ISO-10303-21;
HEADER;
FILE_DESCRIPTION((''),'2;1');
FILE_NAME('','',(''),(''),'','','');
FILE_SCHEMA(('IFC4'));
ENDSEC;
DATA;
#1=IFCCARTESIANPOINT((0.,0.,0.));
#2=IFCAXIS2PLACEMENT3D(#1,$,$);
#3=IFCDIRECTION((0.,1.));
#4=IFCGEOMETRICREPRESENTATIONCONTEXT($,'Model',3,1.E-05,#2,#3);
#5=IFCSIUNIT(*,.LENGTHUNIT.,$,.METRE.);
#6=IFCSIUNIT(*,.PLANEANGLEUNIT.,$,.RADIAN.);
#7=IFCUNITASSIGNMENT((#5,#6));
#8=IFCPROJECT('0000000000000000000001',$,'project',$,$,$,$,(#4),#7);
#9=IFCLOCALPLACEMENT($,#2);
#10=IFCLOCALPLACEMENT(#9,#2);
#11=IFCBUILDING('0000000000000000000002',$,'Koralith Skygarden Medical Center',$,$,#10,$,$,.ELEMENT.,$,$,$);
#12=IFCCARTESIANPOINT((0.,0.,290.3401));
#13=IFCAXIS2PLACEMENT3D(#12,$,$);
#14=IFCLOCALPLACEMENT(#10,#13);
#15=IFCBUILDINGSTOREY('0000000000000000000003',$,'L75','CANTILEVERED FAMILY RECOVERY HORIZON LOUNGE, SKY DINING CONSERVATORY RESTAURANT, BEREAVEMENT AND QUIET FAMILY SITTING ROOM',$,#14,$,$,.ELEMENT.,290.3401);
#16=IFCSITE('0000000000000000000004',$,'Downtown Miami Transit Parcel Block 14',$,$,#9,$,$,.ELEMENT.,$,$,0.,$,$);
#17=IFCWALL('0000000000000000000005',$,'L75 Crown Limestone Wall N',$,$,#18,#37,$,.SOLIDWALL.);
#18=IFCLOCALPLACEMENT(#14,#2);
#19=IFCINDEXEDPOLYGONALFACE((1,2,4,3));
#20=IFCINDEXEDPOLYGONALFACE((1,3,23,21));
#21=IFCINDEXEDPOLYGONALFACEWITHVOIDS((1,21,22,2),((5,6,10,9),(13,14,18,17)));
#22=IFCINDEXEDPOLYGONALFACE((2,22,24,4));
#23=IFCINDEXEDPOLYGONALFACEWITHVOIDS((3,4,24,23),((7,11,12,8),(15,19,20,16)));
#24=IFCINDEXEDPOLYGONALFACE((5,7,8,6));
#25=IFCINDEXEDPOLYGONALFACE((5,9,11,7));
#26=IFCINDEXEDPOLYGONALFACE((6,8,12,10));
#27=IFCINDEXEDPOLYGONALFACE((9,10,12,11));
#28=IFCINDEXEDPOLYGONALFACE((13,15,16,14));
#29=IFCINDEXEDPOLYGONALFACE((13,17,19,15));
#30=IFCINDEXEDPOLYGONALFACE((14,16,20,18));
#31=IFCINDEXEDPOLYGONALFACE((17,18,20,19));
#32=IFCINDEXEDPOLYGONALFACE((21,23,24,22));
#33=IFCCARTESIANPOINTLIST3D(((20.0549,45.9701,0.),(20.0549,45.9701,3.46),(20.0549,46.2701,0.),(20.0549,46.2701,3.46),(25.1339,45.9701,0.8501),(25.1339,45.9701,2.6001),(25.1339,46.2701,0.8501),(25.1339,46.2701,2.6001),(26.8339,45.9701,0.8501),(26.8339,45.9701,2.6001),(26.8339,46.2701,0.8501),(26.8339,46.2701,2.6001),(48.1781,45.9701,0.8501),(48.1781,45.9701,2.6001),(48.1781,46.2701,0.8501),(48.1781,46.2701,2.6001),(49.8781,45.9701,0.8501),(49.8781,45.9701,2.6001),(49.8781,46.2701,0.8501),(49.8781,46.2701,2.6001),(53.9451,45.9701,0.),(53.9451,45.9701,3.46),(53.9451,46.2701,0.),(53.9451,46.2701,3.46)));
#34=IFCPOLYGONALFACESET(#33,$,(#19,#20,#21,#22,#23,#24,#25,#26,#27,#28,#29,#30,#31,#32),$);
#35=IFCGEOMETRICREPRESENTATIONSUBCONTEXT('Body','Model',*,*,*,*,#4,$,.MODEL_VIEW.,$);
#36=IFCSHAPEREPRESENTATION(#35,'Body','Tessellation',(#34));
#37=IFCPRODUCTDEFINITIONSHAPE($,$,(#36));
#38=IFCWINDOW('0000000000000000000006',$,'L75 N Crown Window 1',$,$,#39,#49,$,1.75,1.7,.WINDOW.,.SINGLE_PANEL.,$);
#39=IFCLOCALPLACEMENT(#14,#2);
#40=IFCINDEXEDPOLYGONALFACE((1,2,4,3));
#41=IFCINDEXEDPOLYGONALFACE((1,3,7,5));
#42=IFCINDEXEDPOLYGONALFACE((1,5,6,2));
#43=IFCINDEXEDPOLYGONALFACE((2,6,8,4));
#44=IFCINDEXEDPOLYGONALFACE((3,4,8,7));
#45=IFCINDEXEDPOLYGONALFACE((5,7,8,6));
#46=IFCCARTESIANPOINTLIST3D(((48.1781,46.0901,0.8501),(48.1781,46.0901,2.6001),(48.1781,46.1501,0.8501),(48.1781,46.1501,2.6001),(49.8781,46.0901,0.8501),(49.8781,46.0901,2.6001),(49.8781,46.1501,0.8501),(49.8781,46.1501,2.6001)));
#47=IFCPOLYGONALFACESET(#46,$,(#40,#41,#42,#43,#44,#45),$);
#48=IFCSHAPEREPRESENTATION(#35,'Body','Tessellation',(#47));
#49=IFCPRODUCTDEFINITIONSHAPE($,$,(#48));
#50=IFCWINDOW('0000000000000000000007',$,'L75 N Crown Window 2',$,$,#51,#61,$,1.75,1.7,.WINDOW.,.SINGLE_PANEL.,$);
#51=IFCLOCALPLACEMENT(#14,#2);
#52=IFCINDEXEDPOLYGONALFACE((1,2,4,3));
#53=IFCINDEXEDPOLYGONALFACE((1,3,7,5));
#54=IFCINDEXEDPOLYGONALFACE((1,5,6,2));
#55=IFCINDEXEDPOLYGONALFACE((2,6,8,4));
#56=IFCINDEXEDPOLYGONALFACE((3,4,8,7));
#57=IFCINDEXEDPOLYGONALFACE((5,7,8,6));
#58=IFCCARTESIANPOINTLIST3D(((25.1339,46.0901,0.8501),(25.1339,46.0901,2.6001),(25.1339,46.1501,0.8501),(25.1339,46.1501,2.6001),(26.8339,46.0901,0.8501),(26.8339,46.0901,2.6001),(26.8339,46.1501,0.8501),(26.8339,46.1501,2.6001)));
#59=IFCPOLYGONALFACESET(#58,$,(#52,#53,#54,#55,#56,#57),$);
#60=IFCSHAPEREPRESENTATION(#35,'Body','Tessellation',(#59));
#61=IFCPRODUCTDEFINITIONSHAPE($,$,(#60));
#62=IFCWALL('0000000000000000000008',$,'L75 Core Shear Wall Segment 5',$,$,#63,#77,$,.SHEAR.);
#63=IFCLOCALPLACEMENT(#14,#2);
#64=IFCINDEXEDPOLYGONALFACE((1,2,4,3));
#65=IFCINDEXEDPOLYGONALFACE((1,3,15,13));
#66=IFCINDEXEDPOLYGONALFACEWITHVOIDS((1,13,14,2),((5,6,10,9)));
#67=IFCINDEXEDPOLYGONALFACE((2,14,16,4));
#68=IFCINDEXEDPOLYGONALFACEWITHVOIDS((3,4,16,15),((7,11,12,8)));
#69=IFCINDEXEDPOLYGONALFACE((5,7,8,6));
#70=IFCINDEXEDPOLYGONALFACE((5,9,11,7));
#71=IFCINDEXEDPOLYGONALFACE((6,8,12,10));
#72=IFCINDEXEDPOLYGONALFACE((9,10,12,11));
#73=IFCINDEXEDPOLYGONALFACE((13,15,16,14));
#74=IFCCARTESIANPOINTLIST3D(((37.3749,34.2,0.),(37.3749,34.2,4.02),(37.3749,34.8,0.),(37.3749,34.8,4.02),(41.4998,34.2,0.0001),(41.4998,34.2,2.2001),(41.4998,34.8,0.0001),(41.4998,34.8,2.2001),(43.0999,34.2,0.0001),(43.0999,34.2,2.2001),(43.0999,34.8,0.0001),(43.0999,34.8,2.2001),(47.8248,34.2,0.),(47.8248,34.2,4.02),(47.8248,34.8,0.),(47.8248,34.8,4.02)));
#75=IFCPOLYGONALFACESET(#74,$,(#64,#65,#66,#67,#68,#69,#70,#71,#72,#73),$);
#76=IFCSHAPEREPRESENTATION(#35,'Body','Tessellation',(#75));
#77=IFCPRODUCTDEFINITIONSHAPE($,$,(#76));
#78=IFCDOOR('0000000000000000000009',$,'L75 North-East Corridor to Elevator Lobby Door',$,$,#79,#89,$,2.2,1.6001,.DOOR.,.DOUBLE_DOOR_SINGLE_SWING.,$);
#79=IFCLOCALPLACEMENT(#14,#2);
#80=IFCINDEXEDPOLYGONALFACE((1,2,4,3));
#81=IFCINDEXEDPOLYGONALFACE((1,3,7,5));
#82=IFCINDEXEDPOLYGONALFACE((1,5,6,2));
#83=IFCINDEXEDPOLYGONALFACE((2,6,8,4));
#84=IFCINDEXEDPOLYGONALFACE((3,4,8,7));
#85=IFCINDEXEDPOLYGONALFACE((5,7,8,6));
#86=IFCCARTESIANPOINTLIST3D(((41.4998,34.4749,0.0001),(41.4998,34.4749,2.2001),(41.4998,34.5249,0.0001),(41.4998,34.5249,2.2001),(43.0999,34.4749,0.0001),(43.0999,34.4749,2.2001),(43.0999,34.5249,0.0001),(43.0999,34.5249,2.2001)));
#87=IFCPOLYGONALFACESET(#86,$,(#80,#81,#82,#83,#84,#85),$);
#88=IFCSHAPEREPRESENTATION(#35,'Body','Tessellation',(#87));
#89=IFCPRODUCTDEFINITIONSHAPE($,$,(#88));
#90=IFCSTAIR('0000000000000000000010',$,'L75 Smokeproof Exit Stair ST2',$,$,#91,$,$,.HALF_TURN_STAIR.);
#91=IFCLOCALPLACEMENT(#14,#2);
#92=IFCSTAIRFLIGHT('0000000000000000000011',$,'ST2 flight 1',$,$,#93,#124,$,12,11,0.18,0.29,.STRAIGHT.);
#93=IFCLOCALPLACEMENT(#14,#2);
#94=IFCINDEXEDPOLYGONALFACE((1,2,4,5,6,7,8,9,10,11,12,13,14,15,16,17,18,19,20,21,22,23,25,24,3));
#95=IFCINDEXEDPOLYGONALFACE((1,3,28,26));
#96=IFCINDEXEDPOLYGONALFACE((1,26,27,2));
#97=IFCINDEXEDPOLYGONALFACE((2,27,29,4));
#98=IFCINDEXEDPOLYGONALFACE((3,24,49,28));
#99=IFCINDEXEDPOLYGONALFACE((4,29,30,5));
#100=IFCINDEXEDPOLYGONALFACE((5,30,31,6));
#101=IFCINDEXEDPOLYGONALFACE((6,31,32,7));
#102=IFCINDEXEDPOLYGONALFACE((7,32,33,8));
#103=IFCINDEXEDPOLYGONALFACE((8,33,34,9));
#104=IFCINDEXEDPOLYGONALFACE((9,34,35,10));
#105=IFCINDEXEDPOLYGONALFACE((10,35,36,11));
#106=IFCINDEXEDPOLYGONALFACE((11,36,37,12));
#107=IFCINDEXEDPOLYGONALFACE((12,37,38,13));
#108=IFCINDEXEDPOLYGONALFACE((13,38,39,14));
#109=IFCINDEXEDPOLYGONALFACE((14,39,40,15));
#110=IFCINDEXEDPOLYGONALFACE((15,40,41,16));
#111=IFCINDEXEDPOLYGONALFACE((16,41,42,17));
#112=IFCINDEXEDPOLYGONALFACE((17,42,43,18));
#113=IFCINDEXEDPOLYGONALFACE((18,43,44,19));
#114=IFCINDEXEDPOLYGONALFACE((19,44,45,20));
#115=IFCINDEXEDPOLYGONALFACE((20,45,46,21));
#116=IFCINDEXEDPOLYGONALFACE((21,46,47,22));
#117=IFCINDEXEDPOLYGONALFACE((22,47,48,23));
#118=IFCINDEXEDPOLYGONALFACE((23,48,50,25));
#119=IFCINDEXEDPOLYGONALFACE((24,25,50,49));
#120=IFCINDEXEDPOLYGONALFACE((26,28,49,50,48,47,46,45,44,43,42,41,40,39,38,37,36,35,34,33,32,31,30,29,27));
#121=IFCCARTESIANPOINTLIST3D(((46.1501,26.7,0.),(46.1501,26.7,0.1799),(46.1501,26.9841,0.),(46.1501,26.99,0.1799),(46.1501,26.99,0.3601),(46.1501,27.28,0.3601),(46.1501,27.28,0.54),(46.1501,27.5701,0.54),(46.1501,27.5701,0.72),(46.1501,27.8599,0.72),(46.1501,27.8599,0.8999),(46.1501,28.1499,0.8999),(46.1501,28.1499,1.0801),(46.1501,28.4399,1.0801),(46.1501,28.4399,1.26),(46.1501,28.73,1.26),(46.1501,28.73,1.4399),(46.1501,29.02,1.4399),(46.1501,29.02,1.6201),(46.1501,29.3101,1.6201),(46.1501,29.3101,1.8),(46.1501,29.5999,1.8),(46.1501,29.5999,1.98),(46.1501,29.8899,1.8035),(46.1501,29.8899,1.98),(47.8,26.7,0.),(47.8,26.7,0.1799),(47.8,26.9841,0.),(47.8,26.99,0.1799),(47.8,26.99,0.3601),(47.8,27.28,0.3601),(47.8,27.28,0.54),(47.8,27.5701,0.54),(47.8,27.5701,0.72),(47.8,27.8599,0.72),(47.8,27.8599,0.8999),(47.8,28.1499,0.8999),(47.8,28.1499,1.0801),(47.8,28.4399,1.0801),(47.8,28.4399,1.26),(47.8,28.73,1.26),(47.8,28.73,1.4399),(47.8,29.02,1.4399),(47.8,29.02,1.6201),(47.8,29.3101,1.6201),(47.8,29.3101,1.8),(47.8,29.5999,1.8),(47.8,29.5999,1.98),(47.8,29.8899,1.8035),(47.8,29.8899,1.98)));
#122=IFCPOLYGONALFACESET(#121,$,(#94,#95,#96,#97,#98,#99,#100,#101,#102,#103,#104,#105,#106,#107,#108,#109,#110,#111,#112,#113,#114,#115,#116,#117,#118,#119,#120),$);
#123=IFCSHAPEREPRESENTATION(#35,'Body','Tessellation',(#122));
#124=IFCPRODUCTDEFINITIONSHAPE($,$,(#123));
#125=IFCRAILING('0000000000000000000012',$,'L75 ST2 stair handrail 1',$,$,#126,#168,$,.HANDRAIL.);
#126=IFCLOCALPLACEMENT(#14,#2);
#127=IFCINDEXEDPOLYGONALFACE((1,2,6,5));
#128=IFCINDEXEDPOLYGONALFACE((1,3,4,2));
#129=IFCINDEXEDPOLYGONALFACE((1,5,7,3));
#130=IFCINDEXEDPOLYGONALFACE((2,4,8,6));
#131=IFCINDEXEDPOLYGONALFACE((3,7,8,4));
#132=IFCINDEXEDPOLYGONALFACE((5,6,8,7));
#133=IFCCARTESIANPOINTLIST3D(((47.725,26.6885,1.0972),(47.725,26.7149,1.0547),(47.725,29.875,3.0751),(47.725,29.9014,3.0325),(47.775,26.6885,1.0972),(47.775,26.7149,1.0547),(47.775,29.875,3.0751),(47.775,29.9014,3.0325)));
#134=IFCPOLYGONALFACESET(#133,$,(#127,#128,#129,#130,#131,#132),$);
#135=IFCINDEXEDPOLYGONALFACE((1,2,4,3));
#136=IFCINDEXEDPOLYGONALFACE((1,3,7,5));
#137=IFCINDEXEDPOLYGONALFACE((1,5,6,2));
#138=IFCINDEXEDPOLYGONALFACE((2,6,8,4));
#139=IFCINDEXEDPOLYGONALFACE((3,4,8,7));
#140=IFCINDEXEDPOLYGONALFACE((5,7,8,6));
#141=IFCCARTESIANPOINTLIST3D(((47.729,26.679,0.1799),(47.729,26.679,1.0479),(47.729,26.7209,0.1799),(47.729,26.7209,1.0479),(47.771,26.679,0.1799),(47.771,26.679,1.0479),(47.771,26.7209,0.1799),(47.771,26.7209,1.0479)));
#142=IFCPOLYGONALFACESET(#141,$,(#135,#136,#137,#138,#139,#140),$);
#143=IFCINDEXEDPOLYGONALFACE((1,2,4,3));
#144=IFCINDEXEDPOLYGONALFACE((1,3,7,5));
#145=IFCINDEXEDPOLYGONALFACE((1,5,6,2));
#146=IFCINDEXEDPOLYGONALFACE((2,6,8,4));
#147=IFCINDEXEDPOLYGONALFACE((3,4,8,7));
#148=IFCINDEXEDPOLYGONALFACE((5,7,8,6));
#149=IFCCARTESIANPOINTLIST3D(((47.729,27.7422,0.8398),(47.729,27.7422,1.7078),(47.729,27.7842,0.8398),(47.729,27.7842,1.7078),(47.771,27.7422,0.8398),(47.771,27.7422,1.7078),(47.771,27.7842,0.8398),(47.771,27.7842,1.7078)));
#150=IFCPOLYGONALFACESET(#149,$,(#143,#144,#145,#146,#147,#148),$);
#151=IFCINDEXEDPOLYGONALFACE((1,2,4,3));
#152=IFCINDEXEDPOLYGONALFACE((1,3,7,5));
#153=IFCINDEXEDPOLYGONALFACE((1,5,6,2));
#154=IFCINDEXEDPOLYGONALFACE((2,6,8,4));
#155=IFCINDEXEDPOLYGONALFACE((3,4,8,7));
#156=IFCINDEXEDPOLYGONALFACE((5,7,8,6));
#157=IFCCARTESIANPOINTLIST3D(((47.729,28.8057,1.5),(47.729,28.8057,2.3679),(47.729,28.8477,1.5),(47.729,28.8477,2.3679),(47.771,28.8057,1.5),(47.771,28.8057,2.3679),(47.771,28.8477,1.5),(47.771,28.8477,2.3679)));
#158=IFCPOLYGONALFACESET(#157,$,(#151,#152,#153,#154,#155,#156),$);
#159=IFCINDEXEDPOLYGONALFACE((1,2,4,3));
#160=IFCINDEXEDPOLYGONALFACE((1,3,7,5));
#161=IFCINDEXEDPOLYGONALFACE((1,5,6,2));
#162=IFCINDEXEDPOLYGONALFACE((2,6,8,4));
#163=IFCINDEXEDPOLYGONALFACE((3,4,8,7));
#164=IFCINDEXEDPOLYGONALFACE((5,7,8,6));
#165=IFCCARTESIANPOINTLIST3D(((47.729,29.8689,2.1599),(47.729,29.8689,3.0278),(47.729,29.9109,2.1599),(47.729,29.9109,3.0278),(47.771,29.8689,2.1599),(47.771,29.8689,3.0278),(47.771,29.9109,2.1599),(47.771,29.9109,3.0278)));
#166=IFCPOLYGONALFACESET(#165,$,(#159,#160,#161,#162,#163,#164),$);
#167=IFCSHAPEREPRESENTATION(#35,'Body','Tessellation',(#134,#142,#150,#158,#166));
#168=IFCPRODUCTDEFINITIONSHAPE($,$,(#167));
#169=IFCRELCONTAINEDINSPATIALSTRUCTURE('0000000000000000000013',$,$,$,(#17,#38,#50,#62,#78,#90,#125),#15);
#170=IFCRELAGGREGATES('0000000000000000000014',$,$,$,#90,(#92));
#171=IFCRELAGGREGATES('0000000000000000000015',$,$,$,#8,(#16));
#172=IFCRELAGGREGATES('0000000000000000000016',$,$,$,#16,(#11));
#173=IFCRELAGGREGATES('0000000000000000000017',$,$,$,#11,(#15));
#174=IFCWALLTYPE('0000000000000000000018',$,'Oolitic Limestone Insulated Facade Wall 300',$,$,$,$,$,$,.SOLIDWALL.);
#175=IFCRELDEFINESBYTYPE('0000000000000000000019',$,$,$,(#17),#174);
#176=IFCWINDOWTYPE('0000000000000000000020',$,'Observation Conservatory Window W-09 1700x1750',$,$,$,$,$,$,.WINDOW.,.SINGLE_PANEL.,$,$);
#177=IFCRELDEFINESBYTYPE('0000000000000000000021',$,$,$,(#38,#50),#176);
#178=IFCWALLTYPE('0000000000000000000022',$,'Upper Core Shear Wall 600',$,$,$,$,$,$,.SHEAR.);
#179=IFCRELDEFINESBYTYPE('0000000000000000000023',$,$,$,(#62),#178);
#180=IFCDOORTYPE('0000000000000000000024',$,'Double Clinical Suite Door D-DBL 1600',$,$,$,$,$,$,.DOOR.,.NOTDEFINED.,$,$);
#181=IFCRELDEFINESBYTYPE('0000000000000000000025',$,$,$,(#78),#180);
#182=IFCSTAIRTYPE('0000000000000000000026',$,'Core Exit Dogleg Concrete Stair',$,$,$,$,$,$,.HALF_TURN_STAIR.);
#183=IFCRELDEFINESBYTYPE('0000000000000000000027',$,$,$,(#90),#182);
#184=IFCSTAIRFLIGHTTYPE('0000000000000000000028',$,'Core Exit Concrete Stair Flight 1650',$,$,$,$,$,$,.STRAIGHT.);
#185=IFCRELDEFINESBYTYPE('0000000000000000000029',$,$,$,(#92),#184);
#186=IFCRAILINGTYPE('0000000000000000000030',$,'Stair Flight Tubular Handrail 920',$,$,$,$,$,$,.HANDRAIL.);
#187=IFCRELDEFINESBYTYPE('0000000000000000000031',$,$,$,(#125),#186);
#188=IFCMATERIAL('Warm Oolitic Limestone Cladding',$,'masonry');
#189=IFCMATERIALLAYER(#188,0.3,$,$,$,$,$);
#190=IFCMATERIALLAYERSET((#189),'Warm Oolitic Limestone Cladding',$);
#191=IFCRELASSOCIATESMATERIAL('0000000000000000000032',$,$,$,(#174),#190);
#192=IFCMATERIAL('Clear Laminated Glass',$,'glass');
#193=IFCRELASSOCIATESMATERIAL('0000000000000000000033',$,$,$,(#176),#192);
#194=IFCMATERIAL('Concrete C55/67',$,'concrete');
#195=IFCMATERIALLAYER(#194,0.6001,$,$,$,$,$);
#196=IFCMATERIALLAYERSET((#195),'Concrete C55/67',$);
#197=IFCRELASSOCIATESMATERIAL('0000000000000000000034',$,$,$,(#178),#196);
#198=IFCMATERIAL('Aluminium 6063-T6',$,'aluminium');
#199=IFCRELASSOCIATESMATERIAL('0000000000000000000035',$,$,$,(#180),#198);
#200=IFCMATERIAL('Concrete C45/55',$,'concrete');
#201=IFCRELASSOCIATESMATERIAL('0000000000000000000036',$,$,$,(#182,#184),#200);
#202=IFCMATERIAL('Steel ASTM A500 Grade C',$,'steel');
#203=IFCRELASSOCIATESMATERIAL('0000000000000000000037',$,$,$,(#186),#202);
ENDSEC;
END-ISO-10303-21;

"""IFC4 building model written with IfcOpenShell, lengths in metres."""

from ifc_helpers import new_model, si_unit, direction, frame, frame_2d, origin, origin_2d, place, context, subcontext, project, spatial, polyline, rectangle, outline, extrude, material, layer, layer_set, type_object, element, fill, aggregate, save


model = new_model("IFC4")

# Units and contexts
model_context = context("Model", 3, precision=1e-05, world=origin(), true_north=direction((0.0, 1.0)))
body_context = subcontext(model_context, "Body", "Model", "MODEL_VIEW")
ifc_project = project(units=[si_unit("LENGTHUNIT", "METRE"), si_unit("PLANEANGLEUNIT", "RADIAN")], contexts=[model_context])

# Site, building, storey
site_placement = place(None, origin())
site = spatial("IfcSite", under=ifc_project, at=site_placement, Name="Downtown Miami Transit Parcel Block 14", CompositionType="ELEMENT", RefElevation=0.0)
building_placement = place(site_placement, origin())
building = spatial("IfcBuilding", under=site, at=building_placement, Name="Koralith Skygarden Medical Center", CompositionType="ELEMENT")
storey_placement = place(building_placement, frame((0.0, 0.0, 290.3401)))
storey = spatial("IfcBuildingStorey", under=building, at=storey_placement, Name="L75", Description="CANTILEVERED FAMILY RECOVERY HORIZON LOUNGE, SKY DINING CONSERVATORY RESTAURANT, BEREAVEMENT AND QUIET FAMILY SITTING ROOM", CompositionType="ELEMENT", Elevation=290.3401)

# Shared definitions
ifc_material_1 = material(Name="Concrete C55/67", Category="concrete")

# Shared definitions
ifc_material_2 = material(Name="Clear Laminated Glass", Category="glass")
ifc_material_3 = material(Name="Aluminium 6063-T6", Category="aluminium")

# Shared definitions
ifc_material_4 = material(Name="Concrete C45/55", Category="concrete")

# Shared definitions
ifc_material_5 = material(Name="Warm Oolitic Limestone Cladding", Category="masonry")

# Wall, openings, windows
ifc_layer_1 = layer(ifc_material_5, 0.3)
ifc_layer_set_1 = layer_set([ifc_layer_1], Name="Warm Oolitic Limestone Cladding")
wall_type_1 = type_object("IfcWallType", Name="Oolitic Limestone Insulated Facade Wall 300", PredefinedType="SOLIDWALL", material=ifc_layer_set_1)
wall_1_placement = place(storey_placement, frame((53.9451, 46.1201, 0.0), z_axis=(0.0, 0.0, 1.0), x_axis=(-1.0, 0.0, 0.0)))
wall_1 = element("IfcWall", 1, at=wall_1_placement, inside=storey, type_object=wall_type_1, Name="L75 Crown Limestone Wall N", PredefinedType="SOLIDWALL", context=body_context, shape_type="SweptSolid", body=[
    extrude(rectangle(XDim=33.8901, YDim=0.3, at=frame_2d((16.9451, 0.0))), origin(), (0.0, 0.0, 1.0), 3.46),
])
opening_1_placement = place(wall_1_placement, frame((4.0669, 0.0, 0.8501)))
opening_1 = element("IfcOpeningElement", 2, at=opening_1_placement, cuts=wall_1, PredefinedType="OPENING", context=body_context, shape_type="SweptSolid", body=[
    extrude(rectangle(XDim=1.7, YDim=1.75, at=frame_2d((0.8501, 0.875))), frame((0.0, 0.1599, 0.0), z_axis=(0.0, -1.0, 0.0), x_axis=(1.0, 0.0, 0.0)), (0.0, 0.0, 1.0), 0.3201),
])
opening_2_placement = place(wall_1_placement, frame((27.1111, 0.0, 0.8501)))
opening_2 = element("IfcOpeningElement", 3, at=opening_2_placement, cuts=wall_1, PredefinedType="OPENING", context=body_context, shape_type="SweptSolid", body=[
    extrude(rectangle(XDim=1.7, YDim=1.75, at=frame_2d((0.8501, 0.875))), frame((0.0, 0.1599, 0.0), z_axis=(0.0, -1.0, 0.0), x_axis=(1.0, 0.0, 0.0)), (0.0, 0.0, 1.0), 0.3201),
])
window_type = type_object("IfcWindowType", Name="Observation Conservatory Window W-09 1700x1750", PartitioningType="SINGLE_PANEL", PredefinedType="WINDOW", material=ifc_material_2)
window_1_placement = place(opening_1_placement, origin())
window_1 = element("IfcWindow", 4, at=window_1_placement, inside=storey, type_object=window_type, Name="L75 N Crown Window 1", OverallHeight=1.75, OverallWidth=1.7, PartitioningType="SINGLE_PANEL", PredefinedType="WINDOW", context=body_context, shape_type="SweptSolid", body=[
    extrude(rectangle(XDim=1.7, YDim=1.75, at=frame_2d((0.8501, 0.875))), frame((0.0, 0.03, 0.0), z_axis=(0.0, -1.0, 0.0), x_axis=(1.0, 0.0, 0.0)), (0.0, 0.0, 1.0), 0.0601),
])
fill(opening_1, window_1)
window_2_placement = place(opening_2_placement, origin())
window_2 = element("IfcWindow", 5, at=window_2_placement, inside=storey, type_object=window_type, Name="L75 N Crown Window 2", OverallHeight=1.75, OverallWidth=1.7, PartitioningType="SINGLE_PANEL", PredefinedType="WINDOW", context=body_context, shape_type="SweptSolid", body=[
    extrude(rectangle(XDim=1.7, YDim=1.75, at=frame_2d((0.8501, 0.875))), frame((0.0, 0.03, 0.0), z_axis=(0.0, -1.0, 0.0), x_axis=(1.0, 0.0, 0.0)), (0.0, 0.0, 1.0), 0.0601),
])
fill(opening_2, window_2)

# Wall, opening, door
ifc_layer_2 = layer(ifc_material_1, 0.6001)
ifc_layer_set_2 = layer_set([ifc_layer_2], Name="Concrete C55/67")
wall_type_2 = type_object("IfcWallType", Name="Upper Core Shear Wall 600", PredefinedType="SHEAR", material=ifc_layer_set_2)
wall_2_placement = place(storey_placement, frame((47.825, 34.5, 0.0), z_axis=(0.0, 0.0, 1.0), x_axis=(-1.0, 0.0, 0.0)))
wall_2 = element("IfcWall", 6, at=wall_2_placement, inside=storey, type_object=wall_type_2, Name="L75 Core Shear Wall Segment 5", PredefinedType="SHEAR", context=body_context, shape_type="SweptSolid", body=[
    extrude(rectangle(XDim=10.45, YDim=0.6001, at=frame_2d((5.2251, 0.0))), origin(), (0.0, 0.0, 1.0), 4.02),
])
opening_3_placement = place(wall_2_placement, frame((4.7251, 0.0, 0.0)))
opening_3 = element("IfcOpeningElement", 7, at=opening_3_placement, cuts=wall_2, PredefinedType="OPENING", context=body_context, shape_type="SweptSolid", body=[
    extrude(rectangle(XDim=1.6001, YDim=2.2, at=frame_2d((0.8, 1.1001))), frame((0.0, 0.3101, 0.0), z_axis=(0.0, -1.0, 0.0), x_axis=(1.0, 0.0, 0.0)), (0.0, 0.0, 1.0), 0.6201),
])
door_type = type_object("IfcDoorType", Name="Double Clinical Suite Door D-DBL 1600", OperationType="NOTDEFINED", PredefinedType="DOOR", material=ifc_material_3)
door_placement = place(opening_3_placement, frame((1.6001, 0.0, 0.0), z_axis=(0.0, 0.0, 1.0), x_axis=(-1.0, 0.0, 0.0)))
door = element("IfcDoor", 8, at=door_placement, inside=storey, type_object=door_type, Name="L75 North-East Corridor to Elevator Lobby Door", OperationType="DOUBLE_DOOR_SINGLE_SWING", OverallHeight=2.2, OverallWidth=1.6001, PredefinedType="DOOR", context=body_context, shape_type="SweptSolid", body=[
    extrude(rectangle(XDim=1.6001, YDim=2.2, at=frame_2d((0.8, 1.1001))), frame((0.0, 0.0249, 0.0), z_axis=(0.0, -1.0, 0.0), x_axis=(1.0, 0.0, 0.0)), (0.0, 0.0, 1.0), 0.05),
])
fill(opening_3, door)

# Stair, stair flight
stair_type = type_object("IfcStairType", Name="Core Exit Dogleg Concrete Stair", PredefinedType="HALF_TURN_STAIR", material=ifc_material_4)
stair_placement = place(storey_placement, origin())
stair = element("IfcStair", 9, at=stair_placement, inside=storey, type_object=stair_type, Name="L75 Smokeproof Exit Stair ST2", PredefinedType="HALF_TURN_STAIR")
stair_flight_type = type_object("IfcStairFlightType", Name="Core Exit Concrete Stair Flight 1650", PredefinedType="STRAIGHT", material=ifc_material_4)
stair_flight_placement = place(storey_placement, frame((46.9751, 26.7, 0.0), z_axis=(0.0, 0.0, 1.0), x_axis=(0.0, 1.0, 0.0)))
stair_flight = element("IfcStairFlight", 10, at=stair_flight_placement, type_object=stair_flight_type, Name="ST2 flight 1", NumberOfRisers=12, NumberOfTreads=11, PredefinedType="STRAIGHT", RiserHeight=0.18, TreadLength=0.29, context=body_context, shape_type="SweptSolid", body=[
    extrude(outline(polyline([(0.0, 0.0), (0.0, 0.1799), (0.29, 0.1799), (0.29, 0.3601), (0.5801, 0.3601), (0.5801, 0.54), (0.8701, 0.54), (0.8701, 0.72), (1.1599, 0.72), (1.1599, 0.8999), (1.45, 0.8999), (1.45, 1.0801), (1.74, 1.0801), (1.74, 1.26), (2.03, 1.26), (2.03, 1.4399), (2.3201, 1.4399), (2.3201, 1.6201), (2.6101, 1.6201), (2.6101, 1.8), (2.8999, 1.8), (2.8999, 1.98), (3.1899, 1.98), (3.1899, 2.1599), (3.1899, 1.8035), (0.2842, 0.0), (0.0, 0.0)])), frame((0.0, 0.825, 0.0), z_axis=(0.0, -1.0, 0.0), x_axis=(1.0, 0.0, 0.0)), (0.0, 0.0, 1.0), 1.6499),
])
aggregate(stair, [stair_flight])

# Railing
ifc_material_6 = material(Name="Steel ASTM A500 Grade C", Category="steel")
railing_type_1 = type_object("IfcRailingType", Name="Stair Flight Tubular Handrail 920", PredefinedType="HANDRAIL", material=ifc_material_6)
railing_1_placement = place(storey_placement, frame((47.75, 26.7, 0.1799)))
element("IfcRailing", 11, at=railing_1_placement, inside=storey, type_object=railing_type_1, Name="L75 ST2 stair handrail 1", PredefinedType="HANDRAIL", context=body_context, shape_type="SweptSolid", body=[
    extrude(rectangle(XDim=0.05, YDim=0.05, at=origin_2d()), frame((0.0, 0.0017, 0.896), z_axis=(0.0, 0.849638, 0.527366), x_axis=(-1.0, 0.0, 0.0)), (0.0, 0.0, 1.0), 3.7505),
    extrude(rectangle(XDim=0.042, YDim=0.042, at=origin_2d()), origin(), (0.0, 0.0, 1.0), 0.8679),
    extrude(rectangle(XDim=0.042, YDim=0.042, at=origin_2d()), frame((0.0, 1.0632, 0.6599)), (0.0, 0.0, 1.0), 0.8679),
    extrude(rectangle(XDim=0.042, YDim=0.042, at=origin_2d()), frame((0.0, 2.1267, 1.3201)), (0.0, 0.0, 1.0), 0.8679),
    extrude(rectangle(XDim=0.042, YDim=0.042, at=origin_2d()), frame((0.0, 3.1899, 1.98)), (0.0, 0.0, 1.0), 0.8679),
])

save(model, "model.ifc")
